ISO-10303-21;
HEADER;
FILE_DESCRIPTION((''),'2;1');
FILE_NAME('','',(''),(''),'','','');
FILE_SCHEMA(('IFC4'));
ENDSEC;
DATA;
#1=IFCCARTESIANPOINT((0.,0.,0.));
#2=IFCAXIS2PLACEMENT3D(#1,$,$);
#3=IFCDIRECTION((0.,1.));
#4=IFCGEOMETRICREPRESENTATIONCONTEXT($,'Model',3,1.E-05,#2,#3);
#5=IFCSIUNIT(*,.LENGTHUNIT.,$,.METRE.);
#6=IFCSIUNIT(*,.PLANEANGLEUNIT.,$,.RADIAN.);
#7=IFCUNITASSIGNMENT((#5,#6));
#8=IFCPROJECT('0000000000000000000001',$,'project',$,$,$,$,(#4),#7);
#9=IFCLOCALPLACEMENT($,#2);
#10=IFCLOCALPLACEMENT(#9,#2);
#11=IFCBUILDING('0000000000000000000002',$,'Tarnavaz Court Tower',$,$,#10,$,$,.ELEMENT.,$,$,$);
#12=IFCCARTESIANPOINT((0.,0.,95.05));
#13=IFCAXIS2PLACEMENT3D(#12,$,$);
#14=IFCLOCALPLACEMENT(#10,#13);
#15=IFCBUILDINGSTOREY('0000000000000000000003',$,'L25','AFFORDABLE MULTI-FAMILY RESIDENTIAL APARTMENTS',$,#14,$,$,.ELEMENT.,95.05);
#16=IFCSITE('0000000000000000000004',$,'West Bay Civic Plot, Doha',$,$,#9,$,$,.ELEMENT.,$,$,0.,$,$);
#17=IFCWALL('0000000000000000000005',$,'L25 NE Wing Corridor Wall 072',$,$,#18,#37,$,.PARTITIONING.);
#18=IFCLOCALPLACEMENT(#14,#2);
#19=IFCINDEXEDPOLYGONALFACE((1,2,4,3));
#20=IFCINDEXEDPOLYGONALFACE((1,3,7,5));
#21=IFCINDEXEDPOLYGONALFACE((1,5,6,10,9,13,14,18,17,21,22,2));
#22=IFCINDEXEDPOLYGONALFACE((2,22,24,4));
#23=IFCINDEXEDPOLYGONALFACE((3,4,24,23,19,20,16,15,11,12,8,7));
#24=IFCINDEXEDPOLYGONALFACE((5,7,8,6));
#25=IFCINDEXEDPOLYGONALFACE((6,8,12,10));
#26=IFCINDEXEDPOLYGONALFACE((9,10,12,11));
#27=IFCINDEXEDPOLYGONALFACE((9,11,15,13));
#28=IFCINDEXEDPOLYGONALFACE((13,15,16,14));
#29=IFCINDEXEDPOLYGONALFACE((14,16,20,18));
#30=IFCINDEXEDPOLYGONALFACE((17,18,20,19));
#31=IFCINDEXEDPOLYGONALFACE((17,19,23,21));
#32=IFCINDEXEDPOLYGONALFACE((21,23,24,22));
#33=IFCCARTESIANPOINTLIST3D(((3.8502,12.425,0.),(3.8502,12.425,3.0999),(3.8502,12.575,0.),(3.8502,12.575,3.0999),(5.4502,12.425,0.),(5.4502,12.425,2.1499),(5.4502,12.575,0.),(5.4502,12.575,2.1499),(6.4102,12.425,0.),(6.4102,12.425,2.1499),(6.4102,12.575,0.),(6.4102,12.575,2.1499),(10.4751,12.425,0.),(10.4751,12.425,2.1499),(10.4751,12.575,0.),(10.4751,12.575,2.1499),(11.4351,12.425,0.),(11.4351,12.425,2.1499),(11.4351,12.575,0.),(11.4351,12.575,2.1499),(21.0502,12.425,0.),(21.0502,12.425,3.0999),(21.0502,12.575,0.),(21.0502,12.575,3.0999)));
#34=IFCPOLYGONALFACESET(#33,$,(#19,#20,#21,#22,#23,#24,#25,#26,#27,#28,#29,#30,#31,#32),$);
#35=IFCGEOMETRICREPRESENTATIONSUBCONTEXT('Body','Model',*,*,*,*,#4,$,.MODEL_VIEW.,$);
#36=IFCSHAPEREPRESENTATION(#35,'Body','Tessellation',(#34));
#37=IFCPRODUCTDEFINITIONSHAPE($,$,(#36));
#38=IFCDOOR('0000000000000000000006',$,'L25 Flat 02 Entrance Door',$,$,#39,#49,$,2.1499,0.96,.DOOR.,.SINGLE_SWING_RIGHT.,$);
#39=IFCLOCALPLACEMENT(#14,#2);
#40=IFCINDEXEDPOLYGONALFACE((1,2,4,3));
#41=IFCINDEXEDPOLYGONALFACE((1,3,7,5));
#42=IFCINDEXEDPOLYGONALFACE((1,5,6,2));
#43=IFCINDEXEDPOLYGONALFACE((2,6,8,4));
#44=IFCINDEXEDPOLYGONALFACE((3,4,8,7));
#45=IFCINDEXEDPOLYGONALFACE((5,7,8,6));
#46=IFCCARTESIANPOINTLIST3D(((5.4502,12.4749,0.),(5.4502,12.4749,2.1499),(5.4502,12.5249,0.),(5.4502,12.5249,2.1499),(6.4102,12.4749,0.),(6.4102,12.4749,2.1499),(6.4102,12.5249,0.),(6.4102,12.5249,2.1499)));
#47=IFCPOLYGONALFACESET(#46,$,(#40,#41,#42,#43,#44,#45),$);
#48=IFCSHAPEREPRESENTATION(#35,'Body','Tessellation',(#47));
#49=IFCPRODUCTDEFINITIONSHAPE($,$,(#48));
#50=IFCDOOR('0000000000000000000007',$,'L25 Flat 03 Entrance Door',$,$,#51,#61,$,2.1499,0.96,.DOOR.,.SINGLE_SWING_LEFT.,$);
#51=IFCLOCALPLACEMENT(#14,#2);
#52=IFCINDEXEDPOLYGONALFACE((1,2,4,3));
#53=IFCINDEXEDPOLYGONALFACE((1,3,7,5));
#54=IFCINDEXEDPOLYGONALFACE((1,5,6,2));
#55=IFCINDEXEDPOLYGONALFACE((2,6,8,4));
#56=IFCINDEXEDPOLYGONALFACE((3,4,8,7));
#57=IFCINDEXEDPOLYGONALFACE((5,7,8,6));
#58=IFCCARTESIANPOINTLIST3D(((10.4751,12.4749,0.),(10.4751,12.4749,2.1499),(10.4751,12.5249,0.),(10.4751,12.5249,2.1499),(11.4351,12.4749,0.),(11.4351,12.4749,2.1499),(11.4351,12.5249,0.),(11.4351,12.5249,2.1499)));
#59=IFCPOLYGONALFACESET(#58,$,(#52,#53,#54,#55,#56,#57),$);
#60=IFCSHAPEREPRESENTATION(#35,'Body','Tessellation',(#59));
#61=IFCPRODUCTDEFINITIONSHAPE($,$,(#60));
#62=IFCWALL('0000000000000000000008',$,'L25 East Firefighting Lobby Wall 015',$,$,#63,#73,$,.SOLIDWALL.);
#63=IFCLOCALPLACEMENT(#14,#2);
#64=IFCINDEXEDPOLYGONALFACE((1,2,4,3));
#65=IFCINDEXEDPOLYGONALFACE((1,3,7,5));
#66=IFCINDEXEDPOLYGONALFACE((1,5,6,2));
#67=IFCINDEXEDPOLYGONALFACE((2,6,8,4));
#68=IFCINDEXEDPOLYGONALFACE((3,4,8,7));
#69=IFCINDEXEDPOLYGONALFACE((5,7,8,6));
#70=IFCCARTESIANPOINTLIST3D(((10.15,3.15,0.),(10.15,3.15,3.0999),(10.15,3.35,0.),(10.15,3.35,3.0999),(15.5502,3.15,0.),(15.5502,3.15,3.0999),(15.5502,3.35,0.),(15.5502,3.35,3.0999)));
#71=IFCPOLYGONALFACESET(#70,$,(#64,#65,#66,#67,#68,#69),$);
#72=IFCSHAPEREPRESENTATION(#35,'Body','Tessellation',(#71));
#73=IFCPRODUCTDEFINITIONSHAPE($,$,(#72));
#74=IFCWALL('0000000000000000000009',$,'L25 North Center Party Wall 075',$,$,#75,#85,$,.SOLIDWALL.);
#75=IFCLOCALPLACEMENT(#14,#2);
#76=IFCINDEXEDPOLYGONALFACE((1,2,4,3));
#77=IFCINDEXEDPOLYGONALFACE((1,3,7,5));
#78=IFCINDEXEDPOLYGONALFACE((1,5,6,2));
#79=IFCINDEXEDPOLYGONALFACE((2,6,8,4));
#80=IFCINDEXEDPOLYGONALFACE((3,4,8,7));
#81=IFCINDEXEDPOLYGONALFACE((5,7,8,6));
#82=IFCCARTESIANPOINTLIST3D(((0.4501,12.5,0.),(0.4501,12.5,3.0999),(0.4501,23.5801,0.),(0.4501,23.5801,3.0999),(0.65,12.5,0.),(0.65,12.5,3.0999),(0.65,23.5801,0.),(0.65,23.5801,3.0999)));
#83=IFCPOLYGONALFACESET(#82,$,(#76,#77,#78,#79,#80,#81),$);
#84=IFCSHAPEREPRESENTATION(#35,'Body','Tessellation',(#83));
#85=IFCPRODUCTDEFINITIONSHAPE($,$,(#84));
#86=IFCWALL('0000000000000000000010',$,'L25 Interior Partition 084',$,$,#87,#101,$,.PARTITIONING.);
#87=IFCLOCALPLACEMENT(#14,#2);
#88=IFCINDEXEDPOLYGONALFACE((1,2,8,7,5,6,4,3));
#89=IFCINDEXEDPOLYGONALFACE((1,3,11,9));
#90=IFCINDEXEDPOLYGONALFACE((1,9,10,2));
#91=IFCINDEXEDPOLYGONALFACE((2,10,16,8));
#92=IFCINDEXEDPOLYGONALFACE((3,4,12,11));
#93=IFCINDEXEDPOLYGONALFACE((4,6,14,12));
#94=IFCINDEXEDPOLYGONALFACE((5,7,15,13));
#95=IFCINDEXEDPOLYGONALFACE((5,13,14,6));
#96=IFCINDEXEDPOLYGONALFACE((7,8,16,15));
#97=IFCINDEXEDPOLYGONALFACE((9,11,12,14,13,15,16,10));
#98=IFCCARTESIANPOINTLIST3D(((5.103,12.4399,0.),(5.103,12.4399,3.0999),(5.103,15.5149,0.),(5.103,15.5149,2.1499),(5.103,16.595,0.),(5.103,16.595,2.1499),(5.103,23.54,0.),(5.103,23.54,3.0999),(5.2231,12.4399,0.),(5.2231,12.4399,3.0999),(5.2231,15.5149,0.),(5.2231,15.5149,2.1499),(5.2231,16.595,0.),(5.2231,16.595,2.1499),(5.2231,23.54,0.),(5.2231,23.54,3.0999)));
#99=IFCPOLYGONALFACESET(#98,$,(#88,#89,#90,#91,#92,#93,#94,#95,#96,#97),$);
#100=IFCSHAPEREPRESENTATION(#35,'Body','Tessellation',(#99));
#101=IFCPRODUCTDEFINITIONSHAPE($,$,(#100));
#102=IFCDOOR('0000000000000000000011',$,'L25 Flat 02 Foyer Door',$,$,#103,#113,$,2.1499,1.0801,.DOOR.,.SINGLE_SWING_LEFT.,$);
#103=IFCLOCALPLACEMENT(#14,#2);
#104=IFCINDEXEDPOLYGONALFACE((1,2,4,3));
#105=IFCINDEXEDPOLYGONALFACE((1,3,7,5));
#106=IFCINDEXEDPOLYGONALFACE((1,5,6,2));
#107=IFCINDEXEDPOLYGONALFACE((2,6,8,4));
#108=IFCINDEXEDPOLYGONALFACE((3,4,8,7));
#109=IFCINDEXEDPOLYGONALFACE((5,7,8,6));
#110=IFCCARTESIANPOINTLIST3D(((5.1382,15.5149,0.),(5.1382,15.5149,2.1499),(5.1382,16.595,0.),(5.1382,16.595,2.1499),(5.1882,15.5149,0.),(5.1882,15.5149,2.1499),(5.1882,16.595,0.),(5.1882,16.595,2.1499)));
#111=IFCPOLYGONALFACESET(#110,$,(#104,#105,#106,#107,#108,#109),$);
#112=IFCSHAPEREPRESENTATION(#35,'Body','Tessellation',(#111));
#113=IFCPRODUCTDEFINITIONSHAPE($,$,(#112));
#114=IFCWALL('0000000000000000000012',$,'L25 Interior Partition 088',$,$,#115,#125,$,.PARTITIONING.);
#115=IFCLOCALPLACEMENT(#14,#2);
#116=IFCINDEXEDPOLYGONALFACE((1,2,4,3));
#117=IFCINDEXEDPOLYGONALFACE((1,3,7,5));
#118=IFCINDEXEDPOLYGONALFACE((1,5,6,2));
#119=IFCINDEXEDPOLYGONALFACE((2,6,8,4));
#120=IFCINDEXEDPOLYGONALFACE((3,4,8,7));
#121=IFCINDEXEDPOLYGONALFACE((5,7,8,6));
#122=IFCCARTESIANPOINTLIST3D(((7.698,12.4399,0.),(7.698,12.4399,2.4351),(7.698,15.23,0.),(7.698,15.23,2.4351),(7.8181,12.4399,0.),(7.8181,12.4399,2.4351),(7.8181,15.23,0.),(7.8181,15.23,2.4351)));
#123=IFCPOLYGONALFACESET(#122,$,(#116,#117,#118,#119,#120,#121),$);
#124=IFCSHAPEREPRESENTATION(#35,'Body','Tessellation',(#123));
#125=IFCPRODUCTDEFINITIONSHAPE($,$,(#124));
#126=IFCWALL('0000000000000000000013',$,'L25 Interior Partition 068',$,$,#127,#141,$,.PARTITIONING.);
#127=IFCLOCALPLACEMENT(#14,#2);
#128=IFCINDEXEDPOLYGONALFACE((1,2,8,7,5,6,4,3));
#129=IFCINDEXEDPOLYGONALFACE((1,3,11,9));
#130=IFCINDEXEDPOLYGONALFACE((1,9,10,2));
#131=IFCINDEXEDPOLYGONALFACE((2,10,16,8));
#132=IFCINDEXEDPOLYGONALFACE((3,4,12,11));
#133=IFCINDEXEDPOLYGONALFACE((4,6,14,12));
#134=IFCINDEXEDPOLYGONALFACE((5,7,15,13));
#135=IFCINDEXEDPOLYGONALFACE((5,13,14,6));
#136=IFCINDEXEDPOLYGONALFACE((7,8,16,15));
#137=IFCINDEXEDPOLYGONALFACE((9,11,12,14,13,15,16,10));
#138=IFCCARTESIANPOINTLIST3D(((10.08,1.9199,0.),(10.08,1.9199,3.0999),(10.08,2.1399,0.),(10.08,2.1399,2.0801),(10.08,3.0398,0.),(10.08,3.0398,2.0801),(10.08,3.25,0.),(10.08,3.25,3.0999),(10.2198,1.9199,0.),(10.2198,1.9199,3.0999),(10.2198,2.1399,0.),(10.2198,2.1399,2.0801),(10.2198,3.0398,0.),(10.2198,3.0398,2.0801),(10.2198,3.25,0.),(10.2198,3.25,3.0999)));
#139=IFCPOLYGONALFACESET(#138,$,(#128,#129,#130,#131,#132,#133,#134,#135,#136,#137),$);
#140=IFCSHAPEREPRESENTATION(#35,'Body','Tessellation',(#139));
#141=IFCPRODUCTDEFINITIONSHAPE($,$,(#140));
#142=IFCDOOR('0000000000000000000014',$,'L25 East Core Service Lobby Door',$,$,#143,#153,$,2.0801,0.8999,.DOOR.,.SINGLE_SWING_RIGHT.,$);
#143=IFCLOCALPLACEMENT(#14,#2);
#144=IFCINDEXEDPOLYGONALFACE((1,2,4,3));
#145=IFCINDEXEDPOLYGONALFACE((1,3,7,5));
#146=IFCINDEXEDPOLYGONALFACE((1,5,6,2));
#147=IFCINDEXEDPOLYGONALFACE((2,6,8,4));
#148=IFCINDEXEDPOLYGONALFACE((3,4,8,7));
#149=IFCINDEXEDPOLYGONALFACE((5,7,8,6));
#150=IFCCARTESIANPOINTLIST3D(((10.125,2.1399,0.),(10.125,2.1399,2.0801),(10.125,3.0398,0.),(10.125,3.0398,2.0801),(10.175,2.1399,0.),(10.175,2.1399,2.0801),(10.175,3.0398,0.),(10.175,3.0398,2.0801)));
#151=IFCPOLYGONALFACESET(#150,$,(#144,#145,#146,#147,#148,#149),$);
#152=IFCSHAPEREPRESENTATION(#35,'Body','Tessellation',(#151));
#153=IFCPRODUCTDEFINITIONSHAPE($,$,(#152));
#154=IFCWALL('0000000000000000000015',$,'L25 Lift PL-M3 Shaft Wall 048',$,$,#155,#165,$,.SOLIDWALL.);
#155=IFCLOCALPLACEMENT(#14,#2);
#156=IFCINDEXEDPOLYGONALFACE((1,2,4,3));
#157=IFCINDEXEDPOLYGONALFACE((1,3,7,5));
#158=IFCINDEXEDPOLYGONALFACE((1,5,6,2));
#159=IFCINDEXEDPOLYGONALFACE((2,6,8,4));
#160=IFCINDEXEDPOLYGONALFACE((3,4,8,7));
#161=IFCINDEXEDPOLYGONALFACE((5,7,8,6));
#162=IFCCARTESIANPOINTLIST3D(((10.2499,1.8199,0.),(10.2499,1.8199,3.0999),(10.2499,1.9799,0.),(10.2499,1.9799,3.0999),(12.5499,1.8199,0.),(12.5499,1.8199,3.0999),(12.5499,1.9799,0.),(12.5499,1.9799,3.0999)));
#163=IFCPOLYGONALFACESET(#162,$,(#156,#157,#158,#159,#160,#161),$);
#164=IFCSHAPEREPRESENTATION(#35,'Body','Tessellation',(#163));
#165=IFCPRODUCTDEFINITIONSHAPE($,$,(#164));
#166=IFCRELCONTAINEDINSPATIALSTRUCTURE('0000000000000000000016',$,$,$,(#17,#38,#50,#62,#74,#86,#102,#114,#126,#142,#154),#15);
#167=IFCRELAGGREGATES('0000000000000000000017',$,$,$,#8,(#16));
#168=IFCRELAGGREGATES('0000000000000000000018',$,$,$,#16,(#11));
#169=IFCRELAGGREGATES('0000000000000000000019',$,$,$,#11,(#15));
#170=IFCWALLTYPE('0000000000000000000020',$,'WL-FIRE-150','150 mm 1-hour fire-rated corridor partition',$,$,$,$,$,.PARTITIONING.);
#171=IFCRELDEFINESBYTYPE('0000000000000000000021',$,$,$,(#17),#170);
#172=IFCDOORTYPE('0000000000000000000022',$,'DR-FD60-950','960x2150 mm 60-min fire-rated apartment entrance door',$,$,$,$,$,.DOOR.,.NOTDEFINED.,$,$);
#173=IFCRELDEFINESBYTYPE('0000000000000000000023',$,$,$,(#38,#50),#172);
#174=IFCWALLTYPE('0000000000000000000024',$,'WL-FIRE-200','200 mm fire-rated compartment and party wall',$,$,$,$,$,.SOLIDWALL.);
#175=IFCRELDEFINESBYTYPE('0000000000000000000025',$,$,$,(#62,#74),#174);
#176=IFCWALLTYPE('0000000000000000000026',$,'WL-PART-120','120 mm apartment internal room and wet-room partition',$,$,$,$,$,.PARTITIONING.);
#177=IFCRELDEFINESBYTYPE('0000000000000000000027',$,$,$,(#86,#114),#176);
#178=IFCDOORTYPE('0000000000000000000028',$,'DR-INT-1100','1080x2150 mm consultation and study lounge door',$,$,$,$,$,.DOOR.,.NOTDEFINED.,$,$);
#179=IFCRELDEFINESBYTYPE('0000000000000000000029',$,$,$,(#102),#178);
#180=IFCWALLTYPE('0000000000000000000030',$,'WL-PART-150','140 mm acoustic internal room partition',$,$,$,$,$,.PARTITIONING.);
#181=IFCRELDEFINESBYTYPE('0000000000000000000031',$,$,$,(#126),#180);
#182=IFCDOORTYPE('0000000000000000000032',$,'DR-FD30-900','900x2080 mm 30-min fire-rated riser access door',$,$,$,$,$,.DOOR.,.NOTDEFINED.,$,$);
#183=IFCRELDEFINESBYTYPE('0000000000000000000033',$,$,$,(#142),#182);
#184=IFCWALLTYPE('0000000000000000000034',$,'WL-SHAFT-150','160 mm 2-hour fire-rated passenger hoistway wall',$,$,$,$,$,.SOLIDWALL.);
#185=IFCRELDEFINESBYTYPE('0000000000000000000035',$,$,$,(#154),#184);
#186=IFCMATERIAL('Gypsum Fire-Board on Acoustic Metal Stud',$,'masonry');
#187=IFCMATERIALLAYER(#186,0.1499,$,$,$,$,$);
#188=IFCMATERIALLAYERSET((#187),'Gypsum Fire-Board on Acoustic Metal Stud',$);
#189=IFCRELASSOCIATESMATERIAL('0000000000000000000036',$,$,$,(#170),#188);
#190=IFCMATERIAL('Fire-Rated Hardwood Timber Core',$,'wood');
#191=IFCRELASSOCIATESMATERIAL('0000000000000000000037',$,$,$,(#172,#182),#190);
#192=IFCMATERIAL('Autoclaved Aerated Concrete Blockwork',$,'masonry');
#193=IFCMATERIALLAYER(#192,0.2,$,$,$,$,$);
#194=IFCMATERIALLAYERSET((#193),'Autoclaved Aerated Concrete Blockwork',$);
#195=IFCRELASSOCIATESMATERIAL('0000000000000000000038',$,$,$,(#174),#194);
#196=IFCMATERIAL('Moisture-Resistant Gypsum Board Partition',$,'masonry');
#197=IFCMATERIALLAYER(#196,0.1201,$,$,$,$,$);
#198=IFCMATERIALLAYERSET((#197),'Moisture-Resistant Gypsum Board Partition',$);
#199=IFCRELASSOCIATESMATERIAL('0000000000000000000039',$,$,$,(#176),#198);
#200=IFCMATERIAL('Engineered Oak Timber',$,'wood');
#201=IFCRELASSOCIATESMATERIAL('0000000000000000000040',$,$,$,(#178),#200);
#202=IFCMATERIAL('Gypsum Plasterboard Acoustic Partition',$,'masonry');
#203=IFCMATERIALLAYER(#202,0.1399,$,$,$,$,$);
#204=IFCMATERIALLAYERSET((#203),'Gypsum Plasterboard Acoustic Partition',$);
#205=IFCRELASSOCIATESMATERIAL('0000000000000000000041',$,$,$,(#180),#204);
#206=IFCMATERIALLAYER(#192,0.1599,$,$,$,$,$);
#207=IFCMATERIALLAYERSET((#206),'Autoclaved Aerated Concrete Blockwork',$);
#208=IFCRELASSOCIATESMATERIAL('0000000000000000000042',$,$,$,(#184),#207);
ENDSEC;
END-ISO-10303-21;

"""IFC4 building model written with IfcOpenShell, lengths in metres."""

from ifc_helpers import new_model, si_unit, direction, frame, frame_2d, origin, place, context, subcontext, project, spatial, rectangle, extrude, material, layer, layer_set, type_object, element, fill, save


model = new_model("IFC4")

# Units and contexts
model_context = context("Model", 3, precision=1e-05, world=origin(), true_north=direction((0.0, 1.0)))
body_context = subcontext(model_context, "Body", "Model", "MODEL_VIEW")
ifc_project = project(units=[si_unit("LENGTHUNIT", "METRE"), si_unit("PLANEANGLEUNIT", "RADIAN")], contexts=[model_context])

# Site, building, storey
site_placement = place(None, origin())
site = spatial("IfcSite", under=ifc_project, at=site_placement, Name="West Bay Civic Plot, Doha", CompositionType="ELEMENT", RefElevation=0.0)
building_placement = place(site_placement, origin())
building = spatial("IfcBuilding", under=site, at=building_placement, Name="Tarnavaz Court Tower", CompositionType="ELEMENT")
storey_placement = place(building_placement, frame((0.0, 0.0, 95.05)))
storey = spatial("IfcBuildingStorey", under=building, at=storey_placement, Name="L25", Description="AFFORDABLE MULTI-FAMILY RESIDENTIAL APARTMENTS", CompositionType="ELEMENT", Elevation=95.05)

# Shared definitions
ifc_material_1 = material(Name="Fire-Rated Hardwood Timber Core", Category="wood")

# Wall, openings, doors
ifc_material_2 = material(Name="Gypsum Fire-Board on Acoustic Metal Stud", Category="masonry")
ifc_layer_1 = layer(ifc_material_2, 0.1499)
ifc_layer_set_1 = layer_set([ifc_layer_1], Name="Gypsum Fire-Board on Acoustic Metal Stud")
wall_type_1 = type_object("IfcWallType", Name="WL-FIRE-150", Description="150 mm 1-hour fire-rated corridor partition", PredefinedType="PARTITIONING", material=ifc_layer_set_1)
wall_1_placement = place(storey_placement, frame((3.8501, 12.5, 0.0), z_axis=(0.0, 0.0, 1.0), x_axis=(1.0, 0.0, 0.0)))
wall_1 = element("IfcWall", 1, at=wall_1_placement, inside=storey, type_object=wall_type_1, Name="L25 NE Wing Corridor Wall 072", PredefinedType="PARTITIONING", context=body_context, shape_type="SweptSolid", body=[
    extrude(rectangle(XDim=17.2, YDim=0.1499, at=frame_2d((8.6001, 0.0))), origin(), (0.0, 0.0, 1.0), 3.0999),
])
opening_1_placement = place(wall_1_placement, frame((1.6001, 0.0, 0.0)))
opening_1 = element("IfcOpeningElement", 2, at=opening_1_placement, cuts=wall_1, PredefinedType="OPENING", context=body_context, shape_type="SweptSolid", body=[
    extrude(rectangle(XDim=0.96, YDim=2.1499, at=frame_2d((0.48, 1.075))), frame((0.0, 0.085, 0.0), z_axis=(0.0, -1.0, 0.0), x_axis=(1.0, 0.0, 0.0)), (0.0, 0.0, 1.0), 0.1699),
])
opening_2_placement = place(wall_1_placement, frame((6.625, 0.0, 0.0)))
opening_2 = element("IfcOpeningElement", 3, at=opening_2_placement, cuts=wall_1, PredefinedType="OPENING", context=body_context, shape_type="SweptSolid", body=[
    extrude(rectangle(XDim=0.96, YDim=2.1499, at=frame_2d((0.48, 1.075))), frame((0.0, 0.085, 0.0), z_axis=(0.0, -1.0, 0.0), x_axis=(1.0, 0.0, 0.0)), (0.0, 0.0, 1.0), 0.1699),
])
door_type_1 = type_object("IfcDoorType", Name="DR-FD60-950", Description="960x2150 mm 60-min fire-rated apartment entrance door", OperationType="NOTDEFINED", PredefinedType="DOOR", material=ifc_material_1)
door_1_placement = place(opening_1_placement, origin())
door_1 = element("IfcDoor", 4, at=door_1_placement, inside=storey, type_object=door_type_1, Name="L25 Flat 02 Entrance Door", OperationType="SINGLE_SWING_RIGHT", OverallHeight=2.1499, OverallWidth=0.96, PredefinedType="DOOR", context=body_context, shape_type="SweptSolid", body=[
    extrude(rectangle(XDim=0.96, YDim=2.1499, at=frame_2d((0.48, 1.075))), frame((0.0, 0.0249, 0.0), z_axis=(0.0, -1.0, 0.0), x_axis=(1.0, 0.0, 0.0)), (0.0, 0.0, 1.0), 0.05),
])
fill(opening_1, door_1)
door_2_placement = place(opening_2_placement, origin())
door_2 = element("IfcDoor", 5, at=door_2_placement, inside=storey, type_object=door_type_1, Name="L25 Flat 03 Entrance Door", OperationType="SINGLE_SWING_LEFT", OverallHeight=2.1499, OverallWidth=0.96, PredefinedType="DOOR", context=body_context, shape_type="SweptSolid", body=[
    extrude(rectangle(XDim=0.96, YDim=2.1499, at=frame_2d((0.48, 1.075))), frame((0.0, 0.0249, 0.0), z_axis=(0.0, -1.0, 0.0), x_axis=(1.0, 0.0, 0.0)), (0.0, 0.0, 1.0), 0.05),
])
fill(opening_2, door_2)

# Wall
ifc_material_3 = material(Name="Autoclaved Aerated Concrete Blockwork", Category="masonry")
ifc_layer_2 = layer(ifc_material_3, 0.2)
ifc_layer_set_2 = layer_set([ifc_layer_2], Name="Autoclaved Aerated Concrete Blockwork")
wall_type_2 = type_object("IfcWallType", Name="WL-FIRE-200", Description="200 mm fire-rated compartment and party wall", PredefinedType="SOLIDWALL", material=ifc_layer_set_2)
wall_2_placement = place(storey_placement, frame((10.1499, 3.25, 0.0), z_axis=(0.0, 0.0, 1.0), x_axis=(1.0, 0.0, 0.0)))
element("IfcWall", 6, at=wall_2_placement, inside=storey, type_object=wall_type_2, Name="L25 East Firefighting Lobby Wall 015", PredefinedType="SOLIDWALL", context=body_context, shape_type="SweptSolid", body=[
    extrude(rectangle(XDim=5.4001, YDim=0.2, at=frame_2d((2.7002, 0.0))), origin(), (0.0, 0.0, 1.0), 3.0999),
])

# Wall
wall_3_placement = place(storey_placement, frame((0.55, 12.5, 0.0), z_axis=(0.0, 0.0, 1.0), x_axis=(0.0, 1.0, 0.0)))
element("IfcWall", 7, at=wall_3_placement, inside=storey, type_object=wall_type_2, Name="L25 North Center Party Wall 075", PredefinedType="SOLIDWALL", context=body_context, shape_type="SweptSolid", body=[
    extrude(rectangle(XDim=11.0801, YDim=0.2, at=frame_2d((5.54, 0.0))), origin(), (0.0, 0.0, 1.0), 3.0999),
])

# Wall, opening, door
ifc_material_4 = material(Name="Moisture-Resistant Gypsum Board Partition", Category="masonry")
ifc_layer_3 = layer(ifc_material_4, 0.1201)
ifc_layer_set_3 = layer_set([ifc_layer_3], Name="Moisture-Resistant Gypsum Board Partition")
wall_type_3 = type_object("IfcWallType", Name="WL-PART-120", Description="120 mm apartment internal room and wet-room partition", PredefinedType="PARTITIONING", material=ifc_layer_set_3)
wall_4_placement = place(storey_placement, frame((5.1631, 12.4399, 0.0), z_axis=(0.0, 0.0, 1.0), x_axis=(0.0, 1.0, 0.0)))
wall_4 = element("IfcWall", 8, at=wall_4_placement, inside=storey, type_object=wall_type_3, Name="L25 Interior Partition 084", PredefinedType="PARTITIONING", context=body_context, shape_type="SweptSolid", body=[
    extrude(rectangle(XDim=11.1001, YDim=0.1201, at=frame_2d((5.55, 0.0))), origin(), (0.0, 0.0, 1.0), 3.0999),
])
opening_3_placement = place(wall_4_placement, frame((3.075, 0.0, 0.0)))
opening_3 = element("IfcOpeningElement", 9, at=opening_3_placement, cuts=wall_4, PredefinedType="OPENING", context=body_context, shape_type="SweptSolid", body=[
    extrude(rectangle(XDim=1.0801, YDim=2.1499, at=frame_2d((0.54, 1.075))), frame((0.0, 0.0701, 0.0), z_axis=(0.0, -1.0, 0.0), x_axis=(1.0, 0.0, 0.0)), (0.0, 0.0, 1.0), 0.1401),
])
ifc_material_5 = material(Name="Engineered Oak Timber", Category="wood")
door_type_2 = type_object("IfcDoorType", Name="DR-INT-1100", Description="1080x2150 mm consultation and study lounge door", OperationType="NOTDEFINED", PredefinedType="DOOR", material=ifc_material_5)
door_3_placement = place(opening_3_placement, origin())
door_3 = element("IfcDoor", 10, at=door_3_placement, inside=storey, type_object=door_type_2, Name="L25 Flat 02 Foyer Door", OperationType="SINGLE_SWING_LEFT", OverallHeight=2.1499, OverallWidth=1.0801, PredefinedType="DOOR", context=body_context, shape_type="SweptSolid", body=[
    extrude(rectangle(XDim=1.0801, YDim=2.1499, at=frame_2d((0.54, 1.075))), frame((0.0, 0.0249, 0.0), z_axis=(0.0, -1.0, 0.0), x_axis=(1.0, 0.0, 0.0)), (0.0, 0.0, 1.0), 0.05),
])
fill(opening_3, door_3)

# Wall
wall_5_placement = place(storey_placement, frame((7.7581, 12.4399, 0.0), z_axis=(0.0, 0.0, 1.0), x_axis=(0.0, 1.0, 0.0)))
element("IfcWall", 11, at=wall_5_placement, inside=storey, type_object=wall_type_3, Name="L25 Interior Partition 088", PredefinedType="PARTITIONING", context=body_context, shape_type="SweptSolid", body=[
    extrude(rectangle(XDim=2.79, YDim=0.1201, at=frame_2d((1.395, 0.0))), origin(), (0.0, 0.0, 1.0), 2.4351),
])

# Wall, opening, door
ifc_material_6 = material(Name="Gypsum Plasterboard Acoustic Partition", Category="masonry")
ifc_layer_4 = layer(ifc_material_6, 0.1399)
ifc_layer_set_4 = layer_set([ifc_layer_4], Name="Gypsum Plasterboard Acoustic Partition")
wall_type_4 = type_object("IfcWallType", Name="WL-PART-150", Description="140 mm acoustic internal room partition", PredefinedType="PARTITIONING", material=ifc_layer_set_4)
wall_6_placement = place(storey_placement, frame((10.1499, 1.9199, 0.0), z_axis=(0.0, 0.0, 1.0), x_axis=(0.0, 1.0, 0.0)))
wall_6 = element("IfcWall", 12, at=wall_6_placement, inside=storey, type_object=wall_type_4, Name="L25 Interior Partition 068", PredefinedType="PARTITIONING", context=body_context, shape_type="SweptSolid", body=[
    extrude(rectangle(XDim=1.3301, YDim=0.1399, at=frame_2d((0.665, 0.0))), origin(), (0.0, 0.0, 1.0), 3.0999),
])
opening_4_placement = place(wall_6_placement, frame((0.22, 0.0, 0.0)))
opening_4 = element("IfcOpeningElement", 13, at=opening_4_placement, cuts=wall_6, PredefinedType="OPENING", context=body_context, shape_type="SweptSolid", body=[
    extrude(rectangle(XDim=0.8999, YDim=2.0801, at=frame_2d((0.45, 1.04))), frame((0.0, 0.0798, 0.0), z_axis=(0.0, -1.0, 0.0), x_axis=(1.0, 0.0, 0.0)), (0.0, 0.0, 1.0), 0.1599),
])
door_type_3 = type_object("IfcDoorType", Name="DR-FD30-900", Description="900x2080 mm 30-min fire-rated riser access door", OperationType="NOTDEFINED", PredefinedType="DOOR", material=ifc_material_1)
door_4_placement = place(opening_4_placement, origin())
door_4 = element("IfcDoor", 14, at=door_4_placement, inside=storey, type_object=door_type_3, Name="L25 East Core Service Lobby Door", OperationType="SINGLE_SWING_RIGHT", OverallHeight=2.0801, OverallWidth=0.8999, PredefinedType="DOOR", context=body_context, shape_type="SweptSolid", body=[
    extrude(rectangle(XDim=0.8999, YDim=2.0801, at=frame_2d((0.45, 1.04))), frame((0.0, 0.0249, 0.0), z_axis=(0.0, -1.0, 0.0), x_axis=(1.0, 0.0, 0.0)), (0.0, 0.0, 1.0), 0.05),
])
fill(opening_4, door_4)

# Wall
ifc_layer_5 = layer(ifc_material_3, 0.1599)
ifc_layer_set_5 = layer_set([ifc_layer_5], Name="Autoclaved Aerated Concrete Blockwork")
wall_type_5 = type_object("IfcWallType", Name="WL-SHAFT-150", Description="160 mm 2-hour fire-rated passenger hoistway wall", PredefinedType="SOLIDWALL", material=ifc_layer_set_5)
wall_7_placement = place(storey_placement, frame((10.25, 1.8999, 0.0), z_axis=(0.0, 0.0, 1.0), x_axis=(1.0, 0.0, 0.0)))
element("IfcWall", 15, at=wall_7_placement, inside=storey, type_object=wall_type_5, Name="L25 Lift PL-M3 Shaft Wall 048", PredefinedType="SOLIDWALL", context=body_context, shape_type="SweptSolid", body=[
    extrude(rectangle(XDim=2.3, YDim=0.1599, at=frame_2d((1.1499, 0.0))), origin(), (0.0, 0.0, 1.0), 3.0999),
])

save(model, "model.ifc")
